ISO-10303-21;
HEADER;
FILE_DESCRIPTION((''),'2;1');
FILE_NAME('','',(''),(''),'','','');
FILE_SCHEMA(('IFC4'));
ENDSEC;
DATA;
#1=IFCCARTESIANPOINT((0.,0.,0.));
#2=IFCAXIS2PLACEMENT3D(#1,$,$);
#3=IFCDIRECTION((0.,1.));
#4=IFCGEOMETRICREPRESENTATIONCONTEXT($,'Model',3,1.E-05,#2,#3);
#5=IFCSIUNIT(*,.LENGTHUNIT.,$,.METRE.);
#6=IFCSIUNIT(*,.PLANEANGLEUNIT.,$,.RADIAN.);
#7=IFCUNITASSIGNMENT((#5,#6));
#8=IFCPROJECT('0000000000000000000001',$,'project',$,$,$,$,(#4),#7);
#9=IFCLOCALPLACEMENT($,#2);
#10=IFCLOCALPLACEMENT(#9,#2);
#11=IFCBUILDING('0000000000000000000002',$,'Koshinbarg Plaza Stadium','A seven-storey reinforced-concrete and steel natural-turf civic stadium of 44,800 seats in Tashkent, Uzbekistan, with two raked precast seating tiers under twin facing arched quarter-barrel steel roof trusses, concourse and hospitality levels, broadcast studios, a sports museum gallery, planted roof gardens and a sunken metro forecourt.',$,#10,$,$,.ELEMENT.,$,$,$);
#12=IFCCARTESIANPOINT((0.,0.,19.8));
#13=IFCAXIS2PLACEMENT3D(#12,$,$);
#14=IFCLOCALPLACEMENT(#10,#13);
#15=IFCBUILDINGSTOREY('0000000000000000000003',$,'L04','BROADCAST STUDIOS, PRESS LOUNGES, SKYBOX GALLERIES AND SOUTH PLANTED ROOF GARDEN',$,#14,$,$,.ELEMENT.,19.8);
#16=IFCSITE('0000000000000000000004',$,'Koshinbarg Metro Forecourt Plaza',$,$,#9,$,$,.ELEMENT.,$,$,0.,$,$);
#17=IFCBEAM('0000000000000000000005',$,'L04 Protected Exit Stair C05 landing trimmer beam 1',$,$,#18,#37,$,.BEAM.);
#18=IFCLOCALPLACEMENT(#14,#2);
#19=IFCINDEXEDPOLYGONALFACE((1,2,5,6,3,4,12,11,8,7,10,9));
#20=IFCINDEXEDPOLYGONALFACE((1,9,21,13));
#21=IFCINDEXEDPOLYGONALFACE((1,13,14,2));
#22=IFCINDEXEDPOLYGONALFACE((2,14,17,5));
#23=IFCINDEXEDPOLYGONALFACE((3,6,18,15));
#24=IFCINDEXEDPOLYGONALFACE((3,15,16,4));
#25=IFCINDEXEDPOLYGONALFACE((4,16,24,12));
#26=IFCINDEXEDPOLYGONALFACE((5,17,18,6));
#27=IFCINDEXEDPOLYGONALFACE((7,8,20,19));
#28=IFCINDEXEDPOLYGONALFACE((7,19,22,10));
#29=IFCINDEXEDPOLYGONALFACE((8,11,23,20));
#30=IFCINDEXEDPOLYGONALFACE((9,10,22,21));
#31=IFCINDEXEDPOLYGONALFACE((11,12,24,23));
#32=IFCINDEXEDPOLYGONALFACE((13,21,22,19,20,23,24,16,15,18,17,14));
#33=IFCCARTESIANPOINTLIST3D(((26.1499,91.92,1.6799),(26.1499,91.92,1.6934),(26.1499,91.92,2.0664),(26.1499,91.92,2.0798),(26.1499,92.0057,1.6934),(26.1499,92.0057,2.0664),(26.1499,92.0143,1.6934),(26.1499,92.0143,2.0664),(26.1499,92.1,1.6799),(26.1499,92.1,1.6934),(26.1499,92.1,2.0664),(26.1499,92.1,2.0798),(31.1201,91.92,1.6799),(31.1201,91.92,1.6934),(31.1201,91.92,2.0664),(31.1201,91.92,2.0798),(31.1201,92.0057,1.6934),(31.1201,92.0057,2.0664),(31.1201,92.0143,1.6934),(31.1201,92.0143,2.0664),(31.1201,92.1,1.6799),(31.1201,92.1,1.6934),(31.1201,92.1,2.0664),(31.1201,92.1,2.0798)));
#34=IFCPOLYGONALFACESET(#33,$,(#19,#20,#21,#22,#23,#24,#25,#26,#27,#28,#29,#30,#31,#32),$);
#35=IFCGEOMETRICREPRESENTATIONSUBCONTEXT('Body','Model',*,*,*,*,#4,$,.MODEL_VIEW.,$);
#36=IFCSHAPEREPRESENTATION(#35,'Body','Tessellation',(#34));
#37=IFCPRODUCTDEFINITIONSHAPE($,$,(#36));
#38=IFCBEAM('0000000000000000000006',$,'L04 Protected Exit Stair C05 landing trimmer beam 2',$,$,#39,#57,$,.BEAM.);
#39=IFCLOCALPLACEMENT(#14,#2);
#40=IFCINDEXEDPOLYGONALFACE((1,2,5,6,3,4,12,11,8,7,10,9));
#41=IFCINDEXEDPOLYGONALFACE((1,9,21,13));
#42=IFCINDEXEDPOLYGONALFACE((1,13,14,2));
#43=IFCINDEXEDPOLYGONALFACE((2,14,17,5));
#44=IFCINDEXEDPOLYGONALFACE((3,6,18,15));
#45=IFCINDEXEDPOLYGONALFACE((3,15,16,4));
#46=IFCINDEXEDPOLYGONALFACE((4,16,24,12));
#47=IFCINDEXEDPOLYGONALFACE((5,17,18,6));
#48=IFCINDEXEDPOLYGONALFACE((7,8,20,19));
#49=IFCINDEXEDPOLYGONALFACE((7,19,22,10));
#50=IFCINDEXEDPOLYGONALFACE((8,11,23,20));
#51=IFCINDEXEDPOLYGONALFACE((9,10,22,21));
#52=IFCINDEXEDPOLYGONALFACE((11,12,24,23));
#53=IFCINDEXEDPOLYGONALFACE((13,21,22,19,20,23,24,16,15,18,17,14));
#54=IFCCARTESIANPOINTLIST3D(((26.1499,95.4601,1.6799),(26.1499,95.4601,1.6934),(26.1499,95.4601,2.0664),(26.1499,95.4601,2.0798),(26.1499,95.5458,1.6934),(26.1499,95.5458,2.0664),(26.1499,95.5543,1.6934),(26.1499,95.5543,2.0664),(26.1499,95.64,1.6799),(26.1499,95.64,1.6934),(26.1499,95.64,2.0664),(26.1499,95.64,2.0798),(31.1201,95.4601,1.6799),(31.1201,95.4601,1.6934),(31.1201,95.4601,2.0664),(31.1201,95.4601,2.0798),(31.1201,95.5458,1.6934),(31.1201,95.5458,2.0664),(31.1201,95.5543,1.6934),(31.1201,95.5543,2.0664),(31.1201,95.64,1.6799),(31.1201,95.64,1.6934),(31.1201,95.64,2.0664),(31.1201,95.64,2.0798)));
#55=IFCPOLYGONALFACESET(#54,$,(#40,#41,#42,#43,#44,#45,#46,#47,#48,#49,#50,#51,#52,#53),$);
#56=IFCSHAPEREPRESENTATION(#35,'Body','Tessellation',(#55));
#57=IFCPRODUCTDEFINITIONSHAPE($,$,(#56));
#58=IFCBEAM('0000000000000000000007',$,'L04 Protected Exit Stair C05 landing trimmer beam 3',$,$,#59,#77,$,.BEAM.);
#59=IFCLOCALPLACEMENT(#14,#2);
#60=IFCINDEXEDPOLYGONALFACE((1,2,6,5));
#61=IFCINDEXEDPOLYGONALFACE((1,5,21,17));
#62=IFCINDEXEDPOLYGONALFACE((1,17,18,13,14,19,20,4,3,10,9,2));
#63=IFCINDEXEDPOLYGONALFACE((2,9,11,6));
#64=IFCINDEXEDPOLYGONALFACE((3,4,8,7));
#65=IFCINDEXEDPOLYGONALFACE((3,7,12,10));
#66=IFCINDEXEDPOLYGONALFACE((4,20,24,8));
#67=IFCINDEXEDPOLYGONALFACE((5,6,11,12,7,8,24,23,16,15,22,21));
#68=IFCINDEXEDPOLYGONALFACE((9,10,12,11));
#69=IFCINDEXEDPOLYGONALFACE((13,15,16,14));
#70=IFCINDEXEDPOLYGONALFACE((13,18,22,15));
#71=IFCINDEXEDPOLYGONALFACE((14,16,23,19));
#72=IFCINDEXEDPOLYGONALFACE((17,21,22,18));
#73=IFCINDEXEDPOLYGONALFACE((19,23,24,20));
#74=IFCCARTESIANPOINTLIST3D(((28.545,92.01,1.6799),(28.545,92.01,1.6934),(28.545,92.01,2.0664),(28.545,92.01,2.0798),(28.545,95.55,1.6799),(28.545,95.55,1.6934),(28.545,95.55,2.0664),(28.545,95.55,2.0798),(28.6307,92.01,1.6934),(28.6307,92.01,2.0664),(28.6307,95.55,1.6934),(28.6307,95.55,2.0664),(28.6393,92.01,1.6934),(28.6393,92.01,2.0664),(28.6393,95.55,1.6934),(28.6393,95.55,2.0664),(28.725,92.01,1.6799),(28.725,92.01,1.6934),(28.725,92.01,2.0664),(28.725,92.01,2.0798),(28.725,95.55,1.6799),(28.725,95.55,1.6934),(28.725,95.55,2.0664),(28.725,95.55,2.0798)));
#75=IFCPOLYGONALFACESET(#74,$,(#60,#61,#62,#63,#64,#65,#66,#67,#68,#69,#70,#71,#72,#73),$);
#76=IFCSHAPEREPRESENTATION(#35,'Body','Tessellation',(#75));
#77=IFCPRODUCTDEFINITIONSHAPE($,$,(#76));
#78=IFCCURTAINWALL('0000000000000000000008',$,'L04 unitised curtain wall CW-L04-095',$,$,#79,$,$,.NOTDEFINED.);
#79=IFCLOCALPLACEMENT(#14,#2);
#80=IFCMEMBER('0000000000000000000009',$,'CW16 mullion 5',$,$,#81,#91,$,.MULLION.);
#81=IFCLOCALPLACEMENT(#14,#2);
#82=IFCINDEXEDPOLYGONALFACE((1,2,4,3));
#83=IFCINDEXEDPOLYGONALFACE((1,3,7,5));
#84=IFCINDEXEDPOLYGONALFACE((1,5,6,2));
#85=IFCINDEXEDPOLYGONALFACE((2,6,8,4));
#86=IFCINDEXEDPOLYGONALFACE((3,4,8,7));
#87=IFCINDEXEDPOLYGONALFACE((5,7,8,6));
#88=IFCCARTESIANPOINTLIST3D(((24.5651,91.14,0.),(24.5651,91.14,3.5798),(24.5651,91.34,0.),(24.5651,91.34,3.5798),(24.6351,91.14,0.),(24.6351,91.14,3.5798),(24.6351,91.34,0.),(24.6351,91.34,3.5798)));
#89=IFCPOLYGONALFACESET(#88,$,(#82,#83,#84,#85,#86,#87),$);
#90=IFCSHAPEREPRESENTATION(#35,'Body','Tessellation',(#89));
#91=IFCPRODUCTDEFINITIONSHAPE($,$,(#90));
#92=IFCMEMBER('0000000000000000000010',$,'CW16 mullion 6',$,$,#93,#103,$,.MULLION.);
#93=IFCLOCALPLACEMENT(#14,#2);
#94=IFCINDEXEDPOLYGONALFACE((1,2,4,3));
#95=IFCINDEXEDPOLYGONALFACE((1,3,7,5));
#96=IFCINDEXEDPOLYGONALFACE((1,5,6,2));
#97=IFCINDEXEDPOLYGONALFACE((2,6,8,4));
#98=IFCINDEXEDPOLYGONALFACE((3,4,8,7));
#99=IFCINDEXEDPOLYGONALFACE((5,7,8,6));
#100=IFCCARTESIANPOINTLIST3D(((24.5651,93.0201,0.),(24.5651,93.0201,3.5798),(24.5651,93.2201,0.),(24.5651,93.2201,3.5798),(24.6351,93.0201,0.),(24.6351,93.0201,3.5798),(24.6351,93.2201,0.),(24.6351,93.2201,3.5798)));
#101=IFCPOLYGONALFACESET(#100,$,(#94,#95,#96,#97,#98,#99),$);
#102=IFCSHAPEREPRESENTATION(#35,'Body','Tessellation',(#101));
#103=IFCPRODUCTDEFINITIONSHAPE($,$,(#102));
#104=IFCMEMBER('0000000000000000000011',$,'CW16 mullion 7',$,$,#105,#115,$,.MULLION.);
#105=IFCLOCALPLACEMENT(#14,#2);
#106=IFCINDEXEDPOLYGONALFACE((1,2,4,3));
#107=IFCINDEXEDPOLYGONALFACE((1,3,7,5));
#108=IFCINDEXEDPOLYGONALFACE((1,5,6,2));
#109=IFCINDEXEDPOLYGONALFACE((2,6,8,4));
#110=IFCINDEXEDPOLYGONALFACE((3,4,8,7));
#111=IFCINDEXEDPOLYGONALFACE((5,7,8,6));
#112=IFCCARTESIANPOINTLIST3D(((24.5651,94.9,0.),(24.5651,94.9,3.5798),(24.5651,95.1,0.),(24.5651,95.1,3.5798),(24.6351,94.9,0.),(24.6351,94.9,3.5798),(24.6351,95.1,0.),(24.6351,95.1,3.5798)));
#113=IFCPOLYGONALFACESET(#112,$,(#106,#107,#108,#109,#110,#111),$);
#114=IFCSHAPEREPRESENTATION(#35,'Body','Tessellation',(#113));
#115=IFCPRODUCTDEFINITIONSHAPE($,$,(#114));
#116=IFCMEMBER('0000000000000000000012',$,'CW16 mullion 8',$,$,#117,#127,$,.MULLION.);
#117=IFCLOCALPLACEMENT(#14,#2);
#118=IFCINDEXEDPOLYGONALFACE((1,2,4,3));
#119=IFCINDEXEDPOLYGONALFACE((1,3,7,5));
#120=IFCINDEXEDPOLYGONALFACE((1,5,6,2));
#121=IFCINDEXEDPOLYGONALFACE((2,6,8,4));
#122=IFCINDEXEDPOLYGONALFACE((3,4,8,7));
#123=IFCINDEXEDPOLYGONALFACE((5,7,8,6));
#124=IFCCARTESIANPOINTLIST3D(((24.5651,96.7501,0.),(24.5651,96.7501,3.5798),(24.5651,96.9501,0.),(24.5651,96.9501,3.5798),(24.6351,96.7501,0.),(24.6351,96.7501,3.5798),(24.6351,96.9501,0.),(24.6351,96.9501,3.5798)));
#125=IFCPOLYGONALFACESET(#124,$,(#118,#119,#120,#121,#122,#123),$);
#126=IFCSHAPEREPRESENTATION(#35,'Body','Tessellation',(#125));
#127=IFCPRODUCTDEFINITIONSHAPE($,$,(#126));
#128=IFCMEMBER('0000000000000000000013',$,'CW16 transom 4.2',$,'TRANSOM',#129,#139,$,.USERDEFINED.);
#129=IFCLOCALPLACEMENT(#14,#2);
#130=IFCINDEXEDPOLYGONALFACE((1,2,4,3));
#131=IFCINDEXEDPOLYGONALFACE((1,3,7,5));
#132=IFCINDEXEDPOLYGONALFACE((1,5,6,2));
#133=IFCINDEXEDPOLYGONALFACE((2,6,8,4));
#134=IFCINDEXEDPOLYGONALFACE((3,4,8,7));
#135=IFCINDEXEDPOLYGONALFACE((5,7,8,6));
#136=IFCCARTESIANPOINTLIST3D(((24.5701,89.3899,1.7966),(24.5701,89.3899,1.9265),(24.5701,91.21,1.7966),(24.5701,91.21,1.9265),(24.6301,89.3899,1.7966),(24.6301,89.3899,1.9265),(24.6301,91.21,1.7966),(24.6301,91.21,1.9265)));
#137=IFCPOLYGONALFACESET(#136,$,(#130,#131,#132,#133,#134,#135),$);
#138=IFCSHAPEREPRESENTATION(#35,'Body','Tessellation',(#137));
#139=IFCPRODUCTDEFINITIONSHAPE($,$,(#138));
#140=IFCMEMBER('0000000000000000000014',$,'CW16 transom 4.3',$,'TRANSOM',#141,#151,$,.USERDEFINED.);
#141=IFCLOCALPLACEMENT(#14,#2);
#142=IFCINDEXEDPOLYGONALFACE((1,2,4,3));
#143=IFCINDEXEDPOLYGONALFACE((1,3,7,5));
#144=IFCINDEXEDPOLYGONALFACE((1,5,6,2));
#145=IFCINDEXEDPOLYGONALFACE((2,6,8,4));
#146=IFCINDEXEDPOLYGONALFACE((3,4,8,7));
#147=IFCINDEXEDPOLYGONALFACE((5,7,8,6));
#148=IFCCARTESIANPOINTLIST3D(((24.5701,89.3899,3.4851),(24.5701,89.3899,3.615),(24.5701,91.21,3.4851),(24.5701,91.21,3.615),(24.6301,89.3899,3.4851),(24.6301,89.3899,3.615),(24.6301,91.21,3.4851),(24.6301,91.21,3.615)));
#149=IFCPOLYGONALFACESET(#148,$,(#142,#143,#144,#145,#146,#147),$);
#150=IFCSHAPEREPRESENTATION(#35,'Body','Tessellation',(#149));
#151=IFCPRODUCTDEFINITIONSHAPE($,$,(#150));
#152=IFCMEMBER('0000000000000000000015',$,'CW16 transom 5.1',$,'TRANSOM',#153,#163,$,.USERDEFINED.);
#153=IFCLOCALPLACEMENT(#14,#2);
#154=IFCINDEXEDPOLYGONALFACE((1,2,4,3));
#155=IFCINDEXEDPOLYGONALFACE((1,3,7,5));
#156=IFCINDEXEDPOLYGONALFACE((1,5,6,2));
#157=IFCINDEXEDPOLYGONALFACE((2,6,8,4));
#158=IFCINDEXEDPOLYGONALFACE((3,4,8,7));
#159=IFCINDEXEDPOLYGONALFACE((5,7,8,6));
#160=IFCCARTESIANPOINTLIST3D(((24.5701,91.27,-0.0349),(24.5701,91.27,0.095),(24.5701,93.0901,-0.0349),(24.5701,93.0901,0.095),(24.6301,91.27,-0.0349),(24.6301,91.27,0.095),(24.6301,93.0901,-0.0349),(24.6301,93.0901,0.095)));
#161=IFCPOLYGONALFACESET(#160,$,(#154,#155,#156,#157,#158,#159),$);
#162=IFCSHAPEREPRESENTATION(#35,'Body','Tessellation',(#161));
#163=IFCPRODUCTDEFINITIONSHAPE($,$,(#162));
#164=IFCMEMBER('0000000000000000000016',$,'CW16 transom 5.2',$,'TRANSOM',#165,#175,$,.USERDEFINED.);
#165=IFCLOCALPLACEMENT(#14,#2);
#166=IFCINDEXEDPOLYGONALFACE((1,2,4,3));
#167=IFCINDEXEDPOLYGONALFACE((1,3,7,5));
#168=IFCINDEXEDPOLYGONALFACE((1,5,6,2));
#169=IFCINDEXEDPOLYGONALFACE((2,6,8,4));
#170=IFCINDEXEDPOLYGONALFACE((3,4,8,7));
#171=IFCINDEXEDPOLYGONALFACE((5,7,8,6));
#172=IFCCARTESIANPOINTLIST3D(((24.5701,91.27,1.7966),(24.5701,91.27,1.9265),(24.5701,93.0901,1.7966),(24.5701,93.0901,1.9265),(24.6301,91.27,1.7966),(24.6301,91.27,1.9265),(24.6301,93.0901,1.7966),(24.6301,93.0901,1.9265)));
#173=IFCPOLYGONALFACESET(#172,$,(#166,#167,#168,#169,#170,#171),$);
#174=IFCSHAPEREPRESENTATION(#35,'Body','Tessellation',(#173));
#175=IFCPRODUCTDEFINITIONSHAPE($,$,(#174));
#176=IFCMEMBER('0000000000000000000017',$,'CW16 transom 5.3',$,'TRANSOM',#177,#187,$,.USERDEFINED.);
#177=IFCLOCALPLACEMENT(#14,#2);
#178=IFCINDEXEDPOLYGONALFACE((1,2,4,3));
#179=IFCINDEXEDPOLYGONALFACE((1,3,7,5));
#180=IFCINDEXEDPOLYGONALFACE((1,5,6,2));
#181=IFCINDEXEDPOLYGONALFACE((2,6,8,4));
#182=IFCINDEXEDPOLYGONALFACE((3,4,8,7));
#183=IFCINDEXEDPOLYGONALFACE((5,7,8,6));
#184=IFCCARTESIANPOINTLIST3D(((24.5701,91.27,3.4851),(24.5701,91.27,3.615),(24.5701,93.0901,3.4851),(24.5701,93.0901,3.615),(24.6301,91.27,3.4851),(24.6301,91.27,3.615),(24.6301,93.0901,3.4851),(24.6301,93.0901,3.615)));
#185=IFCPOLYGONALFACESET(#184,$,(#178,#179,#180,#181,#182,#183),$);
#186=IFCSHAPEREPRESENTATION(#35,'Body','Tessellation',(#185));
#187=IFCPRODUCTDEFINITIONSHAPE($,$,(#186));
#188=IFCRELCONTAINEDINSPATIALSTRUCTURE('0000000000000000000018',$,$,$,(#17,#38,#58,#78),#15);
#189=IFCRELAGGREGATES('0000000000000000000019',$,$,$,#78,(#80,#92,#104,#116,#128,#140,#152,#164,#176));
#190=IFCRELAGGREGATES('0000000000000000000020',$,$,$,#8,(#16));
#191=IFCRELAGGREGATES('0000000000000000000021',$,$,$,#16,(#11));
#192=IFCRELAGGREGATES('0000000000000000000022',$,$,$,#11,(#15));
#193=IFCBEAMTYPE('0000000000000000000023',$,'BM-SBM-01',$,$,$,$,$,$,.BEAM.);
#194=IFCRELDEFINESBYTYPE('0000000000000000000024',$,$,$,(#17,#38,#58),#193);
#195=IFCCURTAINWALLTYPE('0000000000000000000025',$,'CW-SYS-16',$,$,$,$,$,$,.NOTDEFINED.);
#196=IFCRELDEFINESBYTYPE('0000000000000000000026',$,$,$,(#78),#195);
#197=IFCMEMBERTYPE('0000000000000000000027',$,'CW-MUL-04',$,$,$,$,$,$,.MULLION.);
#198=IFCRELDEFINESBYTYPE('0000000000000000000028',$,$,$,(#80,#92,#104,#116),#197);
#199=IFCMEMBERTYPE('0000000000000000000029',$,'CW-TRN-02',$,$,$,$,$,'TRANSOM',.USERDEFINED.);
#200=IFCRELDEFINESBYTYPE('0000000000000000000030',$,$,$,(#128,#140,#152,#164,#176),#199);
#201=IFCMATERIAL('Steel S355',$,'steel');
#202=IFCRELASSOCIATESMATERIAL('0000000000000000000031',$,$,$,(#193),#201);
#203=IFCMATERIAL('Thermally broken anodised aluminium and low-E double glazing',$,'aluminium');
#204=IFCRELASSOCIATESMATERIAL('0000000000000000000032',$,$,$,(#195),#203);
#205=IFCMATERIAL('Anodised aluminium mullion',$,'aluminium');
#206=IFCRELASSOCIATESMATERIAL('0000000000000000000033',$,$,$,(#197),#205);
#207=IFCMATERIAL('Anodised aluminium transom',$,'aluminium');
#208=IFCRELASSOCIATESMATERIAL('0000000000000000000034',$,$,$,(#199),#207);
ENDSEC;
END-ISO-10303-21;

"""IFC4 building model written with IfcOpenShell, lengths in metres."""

from ifc_helpers import new_model, si_unit, direction, frame, origin, origin_2d, place, context, subcontext, project, spatial, rectangle, i_section, extrude, material, material_profile, profile_set, type_object, element, aggregate, save


model = new_model("IFC4")

# Units and contexts
model_context = context("Model", 3, precision=1e-05, world=origin(), true_north=direction((0.0, 1.0)))
body_context = subcontext(model_context, "Body", "Model", "MODEL_VIEW")
ifc_project = project(units=[si_unit("LENGTHUNIT", "METRE"), si_unit("PLANEANGLEUNIT", "RADIAN")], contexts=[model_context])

# Site, building, storey
site_placement = place(None, origin())
site = spatial("IfcSite", under=ifc_project, at=site_placement, Name="Koshinbarg Metro Forecourt Plaza", CompositionType="ELEMENT", RefElevation=0.0)
building_placement = place(site_placement, origin())
building = spatial("IfcBuilding", under=site, at=building_placement, Name="Koshinbarg Plaza Stadium", Description="A seven-storey reinforced-concrete and steel natural-turf civic stadium of 44,800 seats in Tashkent, Uzbekistan, with two raked precast seating tiers under twin facing arched quarter-barrel steel roof trusses, concourse and hospitality levels, broadcast studios, a sports museum gallery, planted roof gardens and a sunken metro forecourt.", CompositionType="ELEMENT")
storey_placement = place(building_placement, frame((0.0, 0.0, 19.8)))
storey = spatial("IfcBuildingStorey", under=building, at=storey_placement, Name="L04", Description="BROADCAST STUDIOS, PRESS LOUNGES, SKYBOX GALLERIES AND SOUTH PLANTED ROOF GARDEN", CompositionType="ELEMENT", Elevation=19.8)

# Beams
ifc_material_1 = material(Name="Steel S355", Category="steel")
ifc_material_profile_1 = material_profile(ifc_material_1, i_section(OverallWidth=0.1799, OverallDepth=0.3999, WebThickness=0.0085, FlangeThickness=0.0134, at=origin_2d()), Name="IPE 400")
ifc_profile_set_1 = profile_set([ifc_material_profile_1], Name="Steel S355")
beam_type = type_object("IfcBeamType", Name="BM-SBM-01", PredefinedType="BEAM", material=ifc_profile_set_1)
for number, where, z_axis, x_axis, name in (
    (1, (26.1499, 92.01, 1.8799), (1.0, 0.0, 0.0), (0.0, 1.0, 0.0), "L04 Protected Exit Stair C05 landing trimmer beam 1"),
    (2, (26.1499, 95.55, 1.8799), (1.0, 0.0, 0.0), (0.0, 1.0, 0.0), "L04 Protected Exit Stair C05 landing trimmer beam 2"),
):
    element("IfcBeam", number, at=place(storey_placement, frame(where, z_axis=z_axis, x_axis=x_axis)), inside=storey, type_object=beam_type, Name=name, PredefinedType="BEAM", context=body_context, shape_type="SweptSolid", body=[
        extrude(i_section(OverallWidth=0.1799, OverallDepth=0.3999, WebThickness=0.0085, FlangeThickness=0.0134, at=origin_2d()), origin(), (0.0, 0.0, 1.0), 4.9702),
    ])
beam_placement = place(storey_placement, frame((28.635, 92.01, 1.8799), z_axis=(0.0, 1.0, 0.0), x_axis=(-1.0, 0.0, 0.0)))
element("IfcBeam", 3, at=beam_placement, inside=storey, type_object=beam_type, Name="L04 Protected Exit Stair C05 landing trimmer beam 3", PredefinedType="BEAM", context=body_context, shape_type="SweptSolid", body=[
    extrude(i_section(OverallWidth=0.1799, OverallDepth=0.3999, WebThickness=0.0085, FlangeThickness=0.0134, at=origin_2d()), origin(), (0.0, 0.0, 1.0), 3.54),
])

# Curtain wall, members
ifc_material_2 = material(Name="Thermally broken anodised aluminium and low-E double glazing", Category="aluminium")
curtain_wall_type = type_object("IfcCurtainWallType", Name="CW-SYS-16", PredefinedType="NOTDEFINED", material=ifc_material_2)
curtain_wall_placement = place(storey_placement, origin())
curtain_wall = element("IfcCurtainWall", 4, at=curtain_wall_placement, inside=storey, type_object=curtain_wall_type, Name="L04 unitised curtain wall CW-L04-095", PredefinedType="NOTDEFINED")
ifc_material_3 = material(Name="Anodised aluminium mullion", Category="aluminium")
ifc_material_profile_2 = material_profile(ifc_material_3, rectangle(XDim=0.0701, YDim=0.2, at=origin_2d()), Name="ALU 70x200")
ifc_profile_set_2 = profile_set([ifc_material_profile_2], Name="Anodised aluminium mullion")
member_type_1 = type_object("IfcMemberType", Name="CW-MUL-04", PredefinedType="MULLION", material=ifc_profile_set_2)
member_1_placement = place(storey_placement, frame((24.6001, 91.24, 0.0), z_axis=(0.0, 0.0, 1.0), x_axis=(-1.0, 0.0, 0.0)))
member_1 = element("IfcMember", 5, at=member_1_placement, type_object=member_type_1, Name="CW16 mullion 5", PredefinedType="MULLION", context=body_context, shape_type="SweptSolid", body=[
    extrude(rectangle(XDim=0.0701, YDim=0.2, at=origin_2d()), origin(), (0.0, 0.0, 1.0), 3.5798),
])
member_2_placement = place(storey_placement, frame((24.6001, 93.1201, 0.0), z_axis=(0.0, 0.0, 1.0), x_axis=(-1.0, 0.0, 0.0)))
member_2 = element("IfcMember", 6, at=member_2_placement, type_object=member_type_1, Name="CW16 mullion 6", PredefinedType="MULLION", context=body_context, shape_type="SweptSolid", body=[
    extrude(rectangle(XDim=0.0701, YDim=0.2, at=origin_2d()), origin(), (0.0, 0.0, 1.0), 3.5798),
])
member_3_placement = place(storey_placement, frame((24.6001, 95.0, 0.0), z_axis=(0.0, 0.0, 1.0), x_axis=(-1.0, 0.0, 0.0)))
member_3 = element("IfcMember", 7, at=member_3_placement, type_object=member_type_1, Name="CW16 mullion 7", PredefinedType="MULLION", context=body_context, shape_type="SweptSolid", body=[
    extrude(rectangle(XDim=0.0701, YDim=0.2, at=origin_2d()), origin(), (0.0, 0.0, 1.0), 3.5798),
])
member_4_placement = place(storey_placement, frame((24.6001, 96.8501, 0.0), z_axis=(0.0, 0.0, 1.0), x_axis=(-1.0, 0.0, 0.0)))
member_4 = element("IfcMember", 8, at=member_4_placement, type_object=member_type_1, Name="CW16 mullion 8", PredefinedType="MULLION", context=body_context, shape_type="SweptSolid", body=[
    extrude(rectangle(XDim=0.0701, YDim=0.2, at=origin_2d()), origin(), (0.0, 0.0, 1.0), 3.5798),
])
ifc_material_4 = material(Name="Anodised aluminium transom", Category="aluminium")
ifc_material_profile_3 = material_profile(ifc_material_4, rectangle(XDim=0.0601, YDim=0.1299, at=origin_2d()), Name="ALU 60x130")
ifc_profile_set_3 = profile_set([ifc_material_profile_3], Name="Anodised aluminium transom")
member_type_2 = type_object("IfcMemberType", Name="CW-TRN-02", ElementType="TRANSOM", PredefinedType="USERDEFINED", material=ifc_profile_set_3)
member_5_placement = place(storey_placement, frame((24.6001, 89.3899, 1.8616), z_axis=(0.0, 1.0, 0.0), x_axis=(-1.0, 0.0, 0.0)))
member_5 = element("IfcMember", 9, at=member_5_placement, type_object=member_type_2, Name="CW16 transom 4.2", ObjectType="TRANSOM", PredefinedType="USERDEFINED", context=body_context, shape_type="SweptSolid", body=[
    extrude(rectangle(XDim=0.0601, YDim=0.1299, at=origin_2d()), origin(), (0.0, 0.0, 1.0), 1.8201),
])
member_6_placement = place(storey_placement, frame((24.6001, 89.3899, 3.55), z_axis=(0.0, 1.0, 0.0), x_axis=(-1.0, 0.0, 0.0)))
member_6 = element("IfcMember", 10, at=member_6_placement, type_object=member_type_2, Name="CW16 transom 4.3", ObjectType="TRANSOM", PredefinedType="USERDEFINED", context=body_context, shape_type="SweptSolid", body=[
    extrude(rectangle(XDim=0.0601, YDim=0.1299, at=origin_2d()), origin(), (0.0, 0.0, 1.0), 1.8201),
])
member_7_placement = place(storey_placement, frame((24.6001, 91.27, 0.03), z_axis=(0.0, 1.0, 0.0), x_axis=(-1.0, 0.0, 0.0)))
member_7 = element("IfcMember", 11, at=member_7_placement, type_object=member_type_2, Name="CW16 transom 5.1", ObjectType="TRANSOM", PredefinedType="USERDEFINED", context=body_context, shape_type="SweptSolid", body=[
    extrude(rectangle(XDim=0.0601, YDim=0.1299, at=origin_2d()), origin(), (0.0, 0.0, 1.0), 1.8201),
])
member_8_placement = place(storey_placement, frame((24.6001, 91.27, 1.8616), z_axis=(0.0, 1.0, 0.0), x_axis=(-1.0, 0.0, 0.0)))
member_8 = element("IfcMember", 12, at=member_8_placement, type_object=member_type_2, Name="CW16 transom 5.2", ObjectType="TRANSOM", PredefinedType="USERDEFINED", context=body_context, shape_type="SweptSolid", body=[
    extrude(rectangle(XDim=0.0601, YDim=0.1299, at=origin_2d()), origin(), (0.0, 0.0, 1.0), 1.8201),
])
member_9_placement = place(storey_placement, frame((24.6001, 91.27, 3.55), z_axis=(0.0, 1.0, 0.0), x_axis=(-1.0, 0.0, 0.0)))
member_9 = element("IfcMember", 13, at=member_9_placement, type_object=member_type_2, Name="CW16 transom 5.3", ObjectType="TRANSOM", PredefinedType="USERDEFINED", context=body_context, shape_type="SweptSolid", body=[
    extrude(rectangle(XDim=0.0601, YDim=0.1299, at=origin_2d()), origin(), (0.0, 0.0, 1.0), 1.8201),
])
aggregate(curtain_wall, [member_1, member_2, member_3, member_4, member_5, member_6, member_7, member_8, member_9])

save(model, "model.ifc")
